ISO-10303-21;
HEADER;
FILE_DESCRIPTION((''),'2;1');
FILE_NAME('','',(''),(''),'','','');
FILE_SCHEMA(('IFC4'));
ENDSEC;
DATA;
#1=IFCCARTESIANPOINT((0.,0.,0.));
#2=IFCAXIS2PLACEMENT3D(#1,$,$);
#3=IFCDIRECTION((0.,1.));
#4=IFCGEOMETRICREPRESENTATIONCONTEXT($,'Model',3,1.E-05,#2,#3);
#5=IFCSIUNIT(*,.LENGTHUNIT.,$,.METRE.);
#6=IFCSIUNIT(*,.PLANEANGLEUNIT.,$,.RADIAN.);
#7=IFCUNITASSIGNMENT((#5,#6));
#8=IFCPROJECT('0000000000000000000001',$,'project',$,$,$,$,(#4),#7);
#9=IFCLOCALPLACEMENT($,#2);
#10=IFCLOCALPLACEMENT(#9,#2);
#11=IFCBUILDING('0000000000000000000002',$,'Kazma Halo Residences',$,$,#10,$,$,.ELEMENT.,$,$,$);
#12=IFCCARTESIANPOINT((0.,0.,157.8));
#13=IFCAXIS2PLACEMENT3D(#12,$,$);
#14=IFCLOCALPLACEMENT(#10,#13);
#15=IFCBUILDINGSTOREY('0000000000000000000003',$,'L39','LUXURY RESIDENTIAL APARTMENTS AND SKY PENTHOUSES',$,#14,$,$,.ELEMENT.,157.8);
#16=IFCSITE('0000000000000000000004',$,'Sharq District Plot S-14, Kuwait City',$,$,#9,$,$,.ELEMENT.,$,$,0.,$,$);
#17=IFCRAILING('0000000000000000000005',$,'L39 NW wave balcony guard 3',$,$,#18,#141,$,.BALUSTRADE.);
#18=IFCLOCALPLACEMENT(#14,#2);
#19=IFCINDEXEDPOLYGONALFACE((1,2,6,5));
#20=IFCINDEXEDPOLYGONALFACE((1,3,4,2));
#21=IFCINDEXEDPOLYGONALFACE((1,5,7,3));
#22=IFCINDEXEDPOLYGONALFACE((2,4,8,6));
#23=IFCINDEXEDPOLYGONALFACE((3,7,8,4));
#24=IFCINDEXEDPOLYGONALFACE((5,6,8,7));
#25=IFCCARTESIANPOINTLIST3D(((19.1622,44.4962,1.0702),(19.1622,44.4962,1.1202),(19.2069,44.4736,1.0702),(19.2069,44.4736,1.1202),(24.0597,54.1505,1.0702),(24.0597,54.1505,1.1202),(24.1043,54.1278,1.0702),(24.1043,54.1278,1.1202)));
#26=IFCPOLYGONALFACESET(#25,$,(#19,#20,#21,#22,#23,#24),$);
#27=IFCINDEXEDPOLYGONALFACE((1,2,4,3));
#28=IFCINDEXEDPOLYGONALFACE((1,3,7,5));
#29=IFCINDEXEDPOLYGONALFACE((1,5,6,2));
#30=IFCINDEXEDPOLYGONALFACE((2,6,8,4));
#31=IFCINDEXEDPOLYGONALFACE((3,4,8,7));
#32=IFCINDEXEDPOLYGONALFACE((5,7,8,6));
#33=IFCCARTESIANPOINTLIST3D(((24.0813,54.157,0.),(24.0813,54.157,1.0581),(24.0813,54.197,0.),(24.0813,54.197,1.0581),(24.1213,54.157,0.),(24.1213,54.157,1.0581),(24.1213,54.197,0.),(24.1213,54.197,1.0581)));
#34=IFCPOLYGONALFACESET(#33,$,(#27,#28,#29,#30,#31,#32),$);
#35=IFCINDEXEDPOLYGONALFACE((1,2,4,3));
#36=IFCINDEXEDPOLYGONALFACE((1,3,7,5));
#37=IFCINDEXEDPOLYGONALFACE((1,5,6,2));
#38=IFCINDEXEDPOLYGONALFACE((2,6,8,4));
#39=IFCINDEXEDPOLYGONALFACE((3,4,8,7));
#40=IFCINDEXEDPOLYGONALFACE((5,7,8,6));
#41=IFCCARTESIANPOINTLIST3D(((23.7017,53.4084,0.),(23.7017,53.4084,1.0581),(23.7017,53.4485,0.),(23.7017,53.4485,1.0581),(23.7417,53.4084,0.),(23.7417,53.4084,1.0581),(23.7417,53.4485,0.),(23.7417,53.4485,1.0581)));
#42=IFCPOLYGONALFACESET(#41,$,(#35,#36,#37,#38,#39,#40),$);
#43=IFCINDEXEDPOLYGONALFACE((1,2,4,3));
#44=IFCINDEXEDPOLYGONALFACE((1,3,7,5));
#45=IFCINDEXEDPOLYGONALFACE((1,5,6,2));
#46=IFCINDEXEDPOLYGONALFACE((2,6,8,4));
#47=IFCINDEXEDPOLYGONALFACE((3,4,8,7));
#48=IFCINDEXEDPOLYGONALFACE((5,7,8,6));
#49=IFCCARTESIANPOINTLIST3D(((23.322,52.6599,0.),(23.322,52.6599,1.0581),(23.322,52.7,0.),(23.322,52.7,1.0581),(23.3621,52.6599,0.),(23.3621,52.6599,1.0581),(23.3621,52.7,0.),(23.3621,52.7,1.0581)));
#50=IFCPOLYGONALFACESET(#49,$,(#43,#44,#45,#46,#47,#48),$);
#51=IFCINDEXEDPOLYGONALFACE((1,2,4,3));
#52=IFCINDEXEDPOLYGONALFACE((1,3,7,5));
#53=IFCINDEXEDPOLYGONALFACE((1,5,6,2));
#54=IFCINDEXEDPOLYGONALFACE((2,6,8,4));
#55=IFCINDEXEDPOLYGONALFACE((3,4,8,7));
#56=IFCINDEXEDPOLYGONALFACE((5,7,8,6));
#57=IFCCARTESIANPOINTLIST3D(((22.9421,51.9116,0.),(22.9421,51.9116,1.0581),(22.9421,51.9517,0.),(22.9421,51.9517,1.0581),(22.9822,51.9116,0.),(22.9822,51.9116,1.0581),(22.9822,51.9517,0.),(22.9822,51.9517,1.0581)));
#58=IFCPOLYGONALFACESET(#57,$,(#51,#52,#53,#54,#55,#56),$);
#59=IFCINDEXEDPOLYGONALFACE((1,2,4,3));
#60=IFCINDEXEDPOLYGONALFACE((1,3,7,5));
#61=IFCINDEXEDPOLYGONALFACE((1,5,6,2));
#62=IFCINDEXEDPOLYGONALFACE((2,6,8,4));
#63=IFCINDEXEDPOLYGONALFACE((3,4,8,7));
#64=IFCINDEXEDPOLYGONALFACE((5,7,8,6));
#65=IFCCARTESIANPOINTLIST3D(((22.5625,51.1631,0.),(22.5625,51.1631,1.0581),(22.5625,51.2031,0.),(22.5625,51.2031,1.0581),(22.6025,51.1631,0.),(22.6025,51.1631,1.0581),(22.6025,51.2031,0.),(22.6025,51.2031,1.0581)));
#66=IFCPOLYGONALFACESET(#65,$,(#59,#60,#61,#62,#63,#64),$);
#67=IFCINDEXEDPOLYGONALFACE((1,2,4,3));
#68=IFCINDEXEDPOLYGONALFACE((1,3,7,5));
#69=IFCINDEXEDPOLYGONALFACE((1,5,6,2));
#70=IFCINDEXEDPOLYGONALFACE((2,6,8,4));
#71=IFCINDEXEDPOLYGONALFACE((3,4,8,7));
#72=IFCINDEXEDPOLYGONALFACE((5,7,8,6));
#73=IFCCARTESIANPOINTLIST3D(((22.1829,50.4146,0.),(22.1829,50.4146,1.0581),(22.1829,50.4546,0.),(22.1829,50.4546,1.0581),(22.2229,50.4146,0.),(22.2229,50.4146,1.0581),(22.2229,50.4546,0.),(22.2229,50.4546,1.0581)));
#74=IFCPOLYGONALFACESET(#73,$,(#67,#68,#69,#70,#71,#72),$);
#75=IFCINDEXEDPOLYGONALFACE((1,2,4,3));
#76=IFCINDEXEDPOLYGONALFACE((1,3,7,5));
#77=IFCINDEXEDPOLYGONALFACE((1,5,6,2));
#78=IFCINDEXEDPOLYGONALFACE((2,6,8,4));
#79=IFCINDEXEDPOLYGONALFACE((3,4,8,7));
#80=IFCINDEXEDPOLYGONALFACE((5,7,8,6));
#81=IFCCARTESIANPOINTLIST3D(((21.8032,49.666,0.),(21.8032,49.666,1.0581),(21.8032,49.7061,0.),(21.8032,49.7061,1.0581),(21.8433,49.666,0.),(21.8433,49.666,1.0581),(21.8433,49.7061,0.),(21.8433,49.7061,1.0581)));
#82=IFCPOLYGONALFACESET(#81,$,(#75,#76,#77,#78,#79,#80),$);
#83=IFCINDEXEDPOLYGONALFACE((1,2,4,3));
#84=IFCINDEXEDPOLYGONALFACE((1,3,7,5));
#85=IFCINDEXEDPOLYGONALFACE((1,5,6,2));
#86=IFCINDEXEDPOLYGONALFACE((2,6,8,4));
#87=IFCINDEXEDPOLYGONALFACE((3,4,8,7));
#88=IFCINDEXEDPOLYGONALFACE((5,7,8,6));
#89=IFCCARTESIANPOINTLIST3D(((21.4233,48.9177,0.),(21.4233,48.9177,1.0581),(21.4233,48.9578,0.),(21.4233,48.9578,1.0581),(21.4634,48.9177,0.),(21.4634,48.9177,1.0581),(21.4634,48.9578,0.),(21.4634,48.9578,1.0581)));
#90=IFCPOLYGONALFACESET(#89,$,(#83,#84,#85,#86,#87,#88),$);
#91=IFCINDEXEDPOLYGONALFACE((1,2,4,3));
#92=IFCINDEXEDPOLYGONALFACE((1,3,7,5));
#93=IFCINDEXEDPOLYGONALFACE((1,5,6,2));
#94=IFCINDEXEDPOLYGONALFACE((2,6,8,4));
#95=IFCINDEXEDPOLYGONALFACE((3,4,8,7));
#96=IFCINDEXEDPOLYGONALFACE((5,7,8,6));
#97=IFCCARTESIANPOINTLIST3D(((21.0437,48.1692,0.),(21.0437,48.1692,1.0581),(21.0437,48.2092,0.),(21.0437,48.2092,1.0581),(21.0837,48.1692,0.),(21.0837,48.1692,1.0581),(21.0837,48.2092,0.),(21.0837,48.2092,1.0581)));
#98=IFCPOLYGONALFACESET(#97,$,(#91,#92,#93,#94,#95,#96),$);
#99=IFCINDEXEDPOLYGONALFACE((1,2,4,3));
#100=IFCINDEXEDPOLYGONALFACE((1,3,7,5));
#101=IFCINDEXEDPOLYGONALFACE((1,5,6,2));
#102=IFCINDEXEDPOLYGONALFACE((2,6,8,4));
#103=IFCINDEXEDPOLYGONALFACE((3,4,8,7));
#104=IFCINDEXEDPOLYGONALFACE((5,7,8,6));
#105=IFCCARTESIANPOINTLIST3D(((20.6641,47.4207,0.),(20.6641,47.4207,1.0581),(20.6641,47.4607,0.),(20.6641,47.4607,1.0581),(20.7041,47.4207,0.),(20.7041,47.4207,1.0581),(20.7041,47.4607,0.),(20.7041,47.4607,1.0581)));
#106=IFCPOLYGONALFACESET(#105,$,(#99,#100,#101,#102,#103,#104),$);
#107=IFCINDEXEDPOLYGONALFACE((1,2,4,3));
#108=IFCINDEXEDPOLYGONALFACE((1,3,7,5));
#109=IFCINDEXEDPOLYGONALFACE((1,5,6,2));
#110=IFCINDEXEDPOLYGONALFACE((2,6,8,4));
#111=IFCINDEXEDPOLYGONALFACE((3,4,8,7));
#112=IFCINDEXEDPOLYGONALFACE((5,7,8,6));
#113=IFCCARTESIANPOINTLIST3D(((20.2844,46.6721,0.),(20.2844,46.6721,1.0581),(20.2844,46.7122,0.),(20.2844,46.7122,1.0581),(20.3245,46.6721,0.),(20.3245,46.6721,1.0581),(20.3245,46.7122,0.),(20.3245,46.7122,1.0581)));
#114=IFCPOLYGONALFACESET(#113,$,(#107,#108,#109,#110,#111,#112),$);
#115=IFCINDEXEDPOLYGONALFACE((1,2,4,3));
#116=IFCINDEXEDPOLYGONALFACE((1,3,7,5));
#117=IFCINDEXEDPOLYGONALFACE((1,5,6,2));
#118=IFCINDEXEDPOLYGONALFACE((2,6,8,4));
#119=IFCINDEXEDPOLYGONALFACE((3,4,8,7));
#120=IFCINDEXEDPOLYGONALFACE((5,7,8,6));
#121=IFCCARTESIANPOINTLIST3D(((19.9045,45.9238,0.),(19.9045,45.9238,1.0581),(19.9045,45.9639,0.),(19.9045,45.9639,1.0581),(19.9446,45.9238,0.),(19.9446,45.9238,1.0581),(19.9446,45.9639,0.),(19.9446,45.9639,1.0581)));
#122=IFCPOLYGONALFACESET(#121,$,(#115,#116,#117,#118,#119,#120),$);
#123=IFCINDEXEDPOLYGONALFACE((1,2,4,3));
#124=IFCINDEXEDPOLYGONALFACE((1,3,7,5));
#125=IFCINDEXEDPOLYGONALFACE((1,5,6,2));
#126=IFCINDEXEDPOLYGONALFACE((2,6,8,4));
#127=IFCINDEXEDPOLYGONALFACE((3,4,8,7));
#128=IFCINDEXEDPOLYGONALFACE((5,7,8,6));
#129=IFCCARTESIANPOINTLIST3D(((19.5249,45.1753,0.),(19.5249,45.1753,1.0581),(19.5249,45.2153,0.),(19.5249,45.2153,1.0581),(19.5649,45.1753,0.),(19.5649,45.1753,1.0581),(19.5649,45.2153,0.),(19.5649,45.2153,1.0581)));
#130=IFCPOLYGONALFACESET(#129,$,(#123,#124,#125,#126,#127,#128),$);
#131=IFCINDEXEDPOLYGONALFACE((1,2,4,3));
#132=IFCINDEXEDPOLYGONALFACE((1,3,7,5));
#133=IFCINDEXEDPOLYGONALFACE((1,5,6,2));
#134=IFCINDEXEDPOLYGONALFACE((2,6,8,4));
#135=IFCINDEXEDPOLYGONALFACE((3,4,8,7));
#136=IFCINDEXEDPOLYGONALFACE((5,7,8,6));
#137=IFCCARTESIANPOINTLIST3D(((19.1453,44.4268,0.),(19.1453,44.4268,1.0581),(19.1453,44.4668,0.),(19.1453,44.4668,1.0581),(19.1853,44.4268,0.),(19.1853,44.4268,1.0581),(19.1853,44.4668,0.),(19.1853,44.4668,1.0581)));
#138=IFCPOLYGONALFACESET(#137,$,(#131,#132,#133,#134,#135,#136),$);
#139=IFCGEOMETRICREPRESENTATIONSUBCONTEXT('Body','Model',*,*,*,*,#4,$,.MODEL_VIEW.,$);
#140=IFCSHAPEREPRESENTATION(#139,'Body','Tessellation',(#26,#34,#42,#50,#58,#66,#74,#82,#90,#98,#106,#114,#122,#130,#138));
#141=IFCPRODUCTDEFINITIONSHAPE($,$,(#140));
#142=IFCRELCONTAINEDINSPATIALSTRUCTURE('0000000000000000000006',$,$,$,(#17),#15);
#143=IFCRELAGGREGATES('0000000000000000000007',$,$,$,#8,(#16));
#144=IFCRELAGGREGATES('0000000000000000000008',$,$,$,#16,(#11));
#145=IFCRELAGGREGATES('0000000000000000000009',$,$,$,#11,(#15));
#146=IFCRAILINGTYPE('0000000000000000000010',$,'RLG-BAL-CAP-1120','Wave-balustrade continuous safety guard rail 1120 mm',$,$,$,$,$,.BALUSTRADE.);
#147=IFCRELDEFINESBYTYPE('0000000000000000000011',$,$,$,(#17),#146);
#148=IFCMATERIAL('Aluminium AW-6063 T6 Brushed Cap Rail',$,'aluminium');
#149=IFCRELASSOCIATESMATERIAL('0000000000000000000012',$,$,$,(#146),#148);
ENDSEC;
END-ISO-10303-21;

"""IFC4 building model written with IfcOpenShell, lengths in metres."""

from ifc_helpers import new_model, si_unit, direction, frame, origin, origin_2d, place, context, subcontext, project, spatial, rectangle, extrude, material, type_object, element, save


model = new_model("IFC4")

# Units and contexts
model_context = context("Model", 3, precision=1e-05, world=origin(), true_north=direction((0.0, 1.0)))
body_context = subcontext(model_context, "Body", "Model", "MODEL_VIEW")
ifc_project = project(units=[si_unit("LENGTHUNIT", "METRE"), si_unit("PLANEANGLEUNIT", "RADIAN")], contexts=[model_context])

# Site, building, storey
site_placement = place(None, origin())
site = spatial("IfcSite", under=ifc_project, at=site_placement, Name="Sharq District Plot S-14, Kuwait City", CompositionType="ELEMENT", RefElevation=0.0)
building_placement = place(site_placement, origin())
building = spatial("IfcBuilding", under=site, at=building_placement, Name="Kazma Halo Residences", CompositionType="ELEMENT")
storey_placement = place(building_placement, frame((0.0, 0.0, 157.8)))
storey = spatial("IfcBuildingStorey", under=building, at=storey_placement, Name="L39", Description="LUXURY RESIDENTIAL APARTMENTS AND SKY PENTHOUSES", CompositionType="ELEMENT", Elevation=157.8)

# Railing
ifc_material_1 = material(Name="Aluminium AW-6063 T6 Brushed Cap Rail", Category="aluminium")
railing_type = type_object("IfcRailingType", Name="RLG-BAL-CAP-1120", Description="Wave-balustrade continuous safety guard rail 1120 mm", PredefinedType="BALUSTRADE", material=ifc_material_1)
railing_1_placement = place(storey_placement, frame((24.1013, 54.177, 0.0)))
element("IfcRailing", 1, at=railing_1_placement, inside=storey, type_object=railing_type, Name="L39 NW wave balcony guard 3", PredefinedType="BALUSTRADE", context=body_context, shape_type="SweptSolid", body=[
    extrude(rectangle(XDim=0.05, YDim=0.05, at=origin_2d()), frame((-0.0193, -0.0378, 1.0952), z_axis=(-0.452406, -0.891812, 0.0), x_axis=(0.891812, -0.452406, 0.0)), (0.0, 0.0, 1.0), 10.8254),
    extrude(rectangle(XDim=0.04, YDim=0.04, at=origin_2d()), origin(), (0.0, 0.0, 1.0), 1.0581),
    extrude(rectangle(XDim=0.04, YDim=0.04, at=origin_2d()), frame((-0.3796, -0.7485, 0.0)), (0.0, 0.0, 1.0), 1.0581),
    extrude(rectangle(XDim=0.04, YDim=0.04, at=origin_2d()), frame((-0.7593, -1.4971, 0.0)), (0.0, 0.0, 1.0), 1.0581),
    extrude(rectangle(XDim=0.04, YDim=0.04, at=origin_2d()), frame((-1.1392, -2.2454, 0.0)), (0.0, 0.0, 1.0), 1.0581),
    extrude(rectangle(XDim=0.04, YDim=0.04, at=origin_2d()), frame((-1.5188, -2.9939, 0.0)), (0.0, 0.0, 1.0), 1.0581),
    extrude(rectangle(XDim=0.04, YDim=0.04, at=origin_2d()), frame((-1.8984, -3.7424, 0.0)), (0.0, 0.0, 1.0), 1.0581),
    extrude(rectangle(XDim=0.04, YDim=0.04, at=origin_2d()), frame((-2.2781, -4.491, 0.0)), (0.0, 0.0, 1.0), 1.0581),
    extrude(rectangle(XDim=0.04, YDim=0.04, at=origin_2d()), frame((-2.658, -5.2393, 0.0)), (0.0, 0.0, 1.0), 1.0581),
    extrude(rectangle(XDim=0.04, YDim=0.04, at=origin_2d()), frame((-3.0376, -5.9878, 0.0)), (0.0, 0.0, 1.0), 1.0581),
    extrude(rectangle(XDim=0.04, YDim=0.04, at=origin_2d()), frame((-3.4172, -6.7363, 0.0)), (0.0, 0.0, 1.0), 1.0581),
    extrude(rectangle(XDim=0.04, YDim=0.04, at=origin_2d()), frame((-3.7969, -7.4849, 0.0)), (0.0, 0.0, 1.0), 1.0581),
    extrude(rectangle(XDim=0.04, YDim=0.04, at=origin_2d()), frame((-4.1768, -8.2332, 0.0)), (0.0, 0.0, 1.0), 1.0581),
    extrude(rectangle(XDim=0.04, YDim=0.04, at=origin_2d()), frame((-4.5564, -8.9817, 0.0)), (0.0, 0.0, 1.0), 1.0581),
    extrude(rectangle(XDim=0.04, YDim=0.04, at=origin_2d()), frame((-4.936, -9.7302, 0.0)), (0.0, 0.0, 1.0), 1.0581),
])

save(model, "model.ifc")
